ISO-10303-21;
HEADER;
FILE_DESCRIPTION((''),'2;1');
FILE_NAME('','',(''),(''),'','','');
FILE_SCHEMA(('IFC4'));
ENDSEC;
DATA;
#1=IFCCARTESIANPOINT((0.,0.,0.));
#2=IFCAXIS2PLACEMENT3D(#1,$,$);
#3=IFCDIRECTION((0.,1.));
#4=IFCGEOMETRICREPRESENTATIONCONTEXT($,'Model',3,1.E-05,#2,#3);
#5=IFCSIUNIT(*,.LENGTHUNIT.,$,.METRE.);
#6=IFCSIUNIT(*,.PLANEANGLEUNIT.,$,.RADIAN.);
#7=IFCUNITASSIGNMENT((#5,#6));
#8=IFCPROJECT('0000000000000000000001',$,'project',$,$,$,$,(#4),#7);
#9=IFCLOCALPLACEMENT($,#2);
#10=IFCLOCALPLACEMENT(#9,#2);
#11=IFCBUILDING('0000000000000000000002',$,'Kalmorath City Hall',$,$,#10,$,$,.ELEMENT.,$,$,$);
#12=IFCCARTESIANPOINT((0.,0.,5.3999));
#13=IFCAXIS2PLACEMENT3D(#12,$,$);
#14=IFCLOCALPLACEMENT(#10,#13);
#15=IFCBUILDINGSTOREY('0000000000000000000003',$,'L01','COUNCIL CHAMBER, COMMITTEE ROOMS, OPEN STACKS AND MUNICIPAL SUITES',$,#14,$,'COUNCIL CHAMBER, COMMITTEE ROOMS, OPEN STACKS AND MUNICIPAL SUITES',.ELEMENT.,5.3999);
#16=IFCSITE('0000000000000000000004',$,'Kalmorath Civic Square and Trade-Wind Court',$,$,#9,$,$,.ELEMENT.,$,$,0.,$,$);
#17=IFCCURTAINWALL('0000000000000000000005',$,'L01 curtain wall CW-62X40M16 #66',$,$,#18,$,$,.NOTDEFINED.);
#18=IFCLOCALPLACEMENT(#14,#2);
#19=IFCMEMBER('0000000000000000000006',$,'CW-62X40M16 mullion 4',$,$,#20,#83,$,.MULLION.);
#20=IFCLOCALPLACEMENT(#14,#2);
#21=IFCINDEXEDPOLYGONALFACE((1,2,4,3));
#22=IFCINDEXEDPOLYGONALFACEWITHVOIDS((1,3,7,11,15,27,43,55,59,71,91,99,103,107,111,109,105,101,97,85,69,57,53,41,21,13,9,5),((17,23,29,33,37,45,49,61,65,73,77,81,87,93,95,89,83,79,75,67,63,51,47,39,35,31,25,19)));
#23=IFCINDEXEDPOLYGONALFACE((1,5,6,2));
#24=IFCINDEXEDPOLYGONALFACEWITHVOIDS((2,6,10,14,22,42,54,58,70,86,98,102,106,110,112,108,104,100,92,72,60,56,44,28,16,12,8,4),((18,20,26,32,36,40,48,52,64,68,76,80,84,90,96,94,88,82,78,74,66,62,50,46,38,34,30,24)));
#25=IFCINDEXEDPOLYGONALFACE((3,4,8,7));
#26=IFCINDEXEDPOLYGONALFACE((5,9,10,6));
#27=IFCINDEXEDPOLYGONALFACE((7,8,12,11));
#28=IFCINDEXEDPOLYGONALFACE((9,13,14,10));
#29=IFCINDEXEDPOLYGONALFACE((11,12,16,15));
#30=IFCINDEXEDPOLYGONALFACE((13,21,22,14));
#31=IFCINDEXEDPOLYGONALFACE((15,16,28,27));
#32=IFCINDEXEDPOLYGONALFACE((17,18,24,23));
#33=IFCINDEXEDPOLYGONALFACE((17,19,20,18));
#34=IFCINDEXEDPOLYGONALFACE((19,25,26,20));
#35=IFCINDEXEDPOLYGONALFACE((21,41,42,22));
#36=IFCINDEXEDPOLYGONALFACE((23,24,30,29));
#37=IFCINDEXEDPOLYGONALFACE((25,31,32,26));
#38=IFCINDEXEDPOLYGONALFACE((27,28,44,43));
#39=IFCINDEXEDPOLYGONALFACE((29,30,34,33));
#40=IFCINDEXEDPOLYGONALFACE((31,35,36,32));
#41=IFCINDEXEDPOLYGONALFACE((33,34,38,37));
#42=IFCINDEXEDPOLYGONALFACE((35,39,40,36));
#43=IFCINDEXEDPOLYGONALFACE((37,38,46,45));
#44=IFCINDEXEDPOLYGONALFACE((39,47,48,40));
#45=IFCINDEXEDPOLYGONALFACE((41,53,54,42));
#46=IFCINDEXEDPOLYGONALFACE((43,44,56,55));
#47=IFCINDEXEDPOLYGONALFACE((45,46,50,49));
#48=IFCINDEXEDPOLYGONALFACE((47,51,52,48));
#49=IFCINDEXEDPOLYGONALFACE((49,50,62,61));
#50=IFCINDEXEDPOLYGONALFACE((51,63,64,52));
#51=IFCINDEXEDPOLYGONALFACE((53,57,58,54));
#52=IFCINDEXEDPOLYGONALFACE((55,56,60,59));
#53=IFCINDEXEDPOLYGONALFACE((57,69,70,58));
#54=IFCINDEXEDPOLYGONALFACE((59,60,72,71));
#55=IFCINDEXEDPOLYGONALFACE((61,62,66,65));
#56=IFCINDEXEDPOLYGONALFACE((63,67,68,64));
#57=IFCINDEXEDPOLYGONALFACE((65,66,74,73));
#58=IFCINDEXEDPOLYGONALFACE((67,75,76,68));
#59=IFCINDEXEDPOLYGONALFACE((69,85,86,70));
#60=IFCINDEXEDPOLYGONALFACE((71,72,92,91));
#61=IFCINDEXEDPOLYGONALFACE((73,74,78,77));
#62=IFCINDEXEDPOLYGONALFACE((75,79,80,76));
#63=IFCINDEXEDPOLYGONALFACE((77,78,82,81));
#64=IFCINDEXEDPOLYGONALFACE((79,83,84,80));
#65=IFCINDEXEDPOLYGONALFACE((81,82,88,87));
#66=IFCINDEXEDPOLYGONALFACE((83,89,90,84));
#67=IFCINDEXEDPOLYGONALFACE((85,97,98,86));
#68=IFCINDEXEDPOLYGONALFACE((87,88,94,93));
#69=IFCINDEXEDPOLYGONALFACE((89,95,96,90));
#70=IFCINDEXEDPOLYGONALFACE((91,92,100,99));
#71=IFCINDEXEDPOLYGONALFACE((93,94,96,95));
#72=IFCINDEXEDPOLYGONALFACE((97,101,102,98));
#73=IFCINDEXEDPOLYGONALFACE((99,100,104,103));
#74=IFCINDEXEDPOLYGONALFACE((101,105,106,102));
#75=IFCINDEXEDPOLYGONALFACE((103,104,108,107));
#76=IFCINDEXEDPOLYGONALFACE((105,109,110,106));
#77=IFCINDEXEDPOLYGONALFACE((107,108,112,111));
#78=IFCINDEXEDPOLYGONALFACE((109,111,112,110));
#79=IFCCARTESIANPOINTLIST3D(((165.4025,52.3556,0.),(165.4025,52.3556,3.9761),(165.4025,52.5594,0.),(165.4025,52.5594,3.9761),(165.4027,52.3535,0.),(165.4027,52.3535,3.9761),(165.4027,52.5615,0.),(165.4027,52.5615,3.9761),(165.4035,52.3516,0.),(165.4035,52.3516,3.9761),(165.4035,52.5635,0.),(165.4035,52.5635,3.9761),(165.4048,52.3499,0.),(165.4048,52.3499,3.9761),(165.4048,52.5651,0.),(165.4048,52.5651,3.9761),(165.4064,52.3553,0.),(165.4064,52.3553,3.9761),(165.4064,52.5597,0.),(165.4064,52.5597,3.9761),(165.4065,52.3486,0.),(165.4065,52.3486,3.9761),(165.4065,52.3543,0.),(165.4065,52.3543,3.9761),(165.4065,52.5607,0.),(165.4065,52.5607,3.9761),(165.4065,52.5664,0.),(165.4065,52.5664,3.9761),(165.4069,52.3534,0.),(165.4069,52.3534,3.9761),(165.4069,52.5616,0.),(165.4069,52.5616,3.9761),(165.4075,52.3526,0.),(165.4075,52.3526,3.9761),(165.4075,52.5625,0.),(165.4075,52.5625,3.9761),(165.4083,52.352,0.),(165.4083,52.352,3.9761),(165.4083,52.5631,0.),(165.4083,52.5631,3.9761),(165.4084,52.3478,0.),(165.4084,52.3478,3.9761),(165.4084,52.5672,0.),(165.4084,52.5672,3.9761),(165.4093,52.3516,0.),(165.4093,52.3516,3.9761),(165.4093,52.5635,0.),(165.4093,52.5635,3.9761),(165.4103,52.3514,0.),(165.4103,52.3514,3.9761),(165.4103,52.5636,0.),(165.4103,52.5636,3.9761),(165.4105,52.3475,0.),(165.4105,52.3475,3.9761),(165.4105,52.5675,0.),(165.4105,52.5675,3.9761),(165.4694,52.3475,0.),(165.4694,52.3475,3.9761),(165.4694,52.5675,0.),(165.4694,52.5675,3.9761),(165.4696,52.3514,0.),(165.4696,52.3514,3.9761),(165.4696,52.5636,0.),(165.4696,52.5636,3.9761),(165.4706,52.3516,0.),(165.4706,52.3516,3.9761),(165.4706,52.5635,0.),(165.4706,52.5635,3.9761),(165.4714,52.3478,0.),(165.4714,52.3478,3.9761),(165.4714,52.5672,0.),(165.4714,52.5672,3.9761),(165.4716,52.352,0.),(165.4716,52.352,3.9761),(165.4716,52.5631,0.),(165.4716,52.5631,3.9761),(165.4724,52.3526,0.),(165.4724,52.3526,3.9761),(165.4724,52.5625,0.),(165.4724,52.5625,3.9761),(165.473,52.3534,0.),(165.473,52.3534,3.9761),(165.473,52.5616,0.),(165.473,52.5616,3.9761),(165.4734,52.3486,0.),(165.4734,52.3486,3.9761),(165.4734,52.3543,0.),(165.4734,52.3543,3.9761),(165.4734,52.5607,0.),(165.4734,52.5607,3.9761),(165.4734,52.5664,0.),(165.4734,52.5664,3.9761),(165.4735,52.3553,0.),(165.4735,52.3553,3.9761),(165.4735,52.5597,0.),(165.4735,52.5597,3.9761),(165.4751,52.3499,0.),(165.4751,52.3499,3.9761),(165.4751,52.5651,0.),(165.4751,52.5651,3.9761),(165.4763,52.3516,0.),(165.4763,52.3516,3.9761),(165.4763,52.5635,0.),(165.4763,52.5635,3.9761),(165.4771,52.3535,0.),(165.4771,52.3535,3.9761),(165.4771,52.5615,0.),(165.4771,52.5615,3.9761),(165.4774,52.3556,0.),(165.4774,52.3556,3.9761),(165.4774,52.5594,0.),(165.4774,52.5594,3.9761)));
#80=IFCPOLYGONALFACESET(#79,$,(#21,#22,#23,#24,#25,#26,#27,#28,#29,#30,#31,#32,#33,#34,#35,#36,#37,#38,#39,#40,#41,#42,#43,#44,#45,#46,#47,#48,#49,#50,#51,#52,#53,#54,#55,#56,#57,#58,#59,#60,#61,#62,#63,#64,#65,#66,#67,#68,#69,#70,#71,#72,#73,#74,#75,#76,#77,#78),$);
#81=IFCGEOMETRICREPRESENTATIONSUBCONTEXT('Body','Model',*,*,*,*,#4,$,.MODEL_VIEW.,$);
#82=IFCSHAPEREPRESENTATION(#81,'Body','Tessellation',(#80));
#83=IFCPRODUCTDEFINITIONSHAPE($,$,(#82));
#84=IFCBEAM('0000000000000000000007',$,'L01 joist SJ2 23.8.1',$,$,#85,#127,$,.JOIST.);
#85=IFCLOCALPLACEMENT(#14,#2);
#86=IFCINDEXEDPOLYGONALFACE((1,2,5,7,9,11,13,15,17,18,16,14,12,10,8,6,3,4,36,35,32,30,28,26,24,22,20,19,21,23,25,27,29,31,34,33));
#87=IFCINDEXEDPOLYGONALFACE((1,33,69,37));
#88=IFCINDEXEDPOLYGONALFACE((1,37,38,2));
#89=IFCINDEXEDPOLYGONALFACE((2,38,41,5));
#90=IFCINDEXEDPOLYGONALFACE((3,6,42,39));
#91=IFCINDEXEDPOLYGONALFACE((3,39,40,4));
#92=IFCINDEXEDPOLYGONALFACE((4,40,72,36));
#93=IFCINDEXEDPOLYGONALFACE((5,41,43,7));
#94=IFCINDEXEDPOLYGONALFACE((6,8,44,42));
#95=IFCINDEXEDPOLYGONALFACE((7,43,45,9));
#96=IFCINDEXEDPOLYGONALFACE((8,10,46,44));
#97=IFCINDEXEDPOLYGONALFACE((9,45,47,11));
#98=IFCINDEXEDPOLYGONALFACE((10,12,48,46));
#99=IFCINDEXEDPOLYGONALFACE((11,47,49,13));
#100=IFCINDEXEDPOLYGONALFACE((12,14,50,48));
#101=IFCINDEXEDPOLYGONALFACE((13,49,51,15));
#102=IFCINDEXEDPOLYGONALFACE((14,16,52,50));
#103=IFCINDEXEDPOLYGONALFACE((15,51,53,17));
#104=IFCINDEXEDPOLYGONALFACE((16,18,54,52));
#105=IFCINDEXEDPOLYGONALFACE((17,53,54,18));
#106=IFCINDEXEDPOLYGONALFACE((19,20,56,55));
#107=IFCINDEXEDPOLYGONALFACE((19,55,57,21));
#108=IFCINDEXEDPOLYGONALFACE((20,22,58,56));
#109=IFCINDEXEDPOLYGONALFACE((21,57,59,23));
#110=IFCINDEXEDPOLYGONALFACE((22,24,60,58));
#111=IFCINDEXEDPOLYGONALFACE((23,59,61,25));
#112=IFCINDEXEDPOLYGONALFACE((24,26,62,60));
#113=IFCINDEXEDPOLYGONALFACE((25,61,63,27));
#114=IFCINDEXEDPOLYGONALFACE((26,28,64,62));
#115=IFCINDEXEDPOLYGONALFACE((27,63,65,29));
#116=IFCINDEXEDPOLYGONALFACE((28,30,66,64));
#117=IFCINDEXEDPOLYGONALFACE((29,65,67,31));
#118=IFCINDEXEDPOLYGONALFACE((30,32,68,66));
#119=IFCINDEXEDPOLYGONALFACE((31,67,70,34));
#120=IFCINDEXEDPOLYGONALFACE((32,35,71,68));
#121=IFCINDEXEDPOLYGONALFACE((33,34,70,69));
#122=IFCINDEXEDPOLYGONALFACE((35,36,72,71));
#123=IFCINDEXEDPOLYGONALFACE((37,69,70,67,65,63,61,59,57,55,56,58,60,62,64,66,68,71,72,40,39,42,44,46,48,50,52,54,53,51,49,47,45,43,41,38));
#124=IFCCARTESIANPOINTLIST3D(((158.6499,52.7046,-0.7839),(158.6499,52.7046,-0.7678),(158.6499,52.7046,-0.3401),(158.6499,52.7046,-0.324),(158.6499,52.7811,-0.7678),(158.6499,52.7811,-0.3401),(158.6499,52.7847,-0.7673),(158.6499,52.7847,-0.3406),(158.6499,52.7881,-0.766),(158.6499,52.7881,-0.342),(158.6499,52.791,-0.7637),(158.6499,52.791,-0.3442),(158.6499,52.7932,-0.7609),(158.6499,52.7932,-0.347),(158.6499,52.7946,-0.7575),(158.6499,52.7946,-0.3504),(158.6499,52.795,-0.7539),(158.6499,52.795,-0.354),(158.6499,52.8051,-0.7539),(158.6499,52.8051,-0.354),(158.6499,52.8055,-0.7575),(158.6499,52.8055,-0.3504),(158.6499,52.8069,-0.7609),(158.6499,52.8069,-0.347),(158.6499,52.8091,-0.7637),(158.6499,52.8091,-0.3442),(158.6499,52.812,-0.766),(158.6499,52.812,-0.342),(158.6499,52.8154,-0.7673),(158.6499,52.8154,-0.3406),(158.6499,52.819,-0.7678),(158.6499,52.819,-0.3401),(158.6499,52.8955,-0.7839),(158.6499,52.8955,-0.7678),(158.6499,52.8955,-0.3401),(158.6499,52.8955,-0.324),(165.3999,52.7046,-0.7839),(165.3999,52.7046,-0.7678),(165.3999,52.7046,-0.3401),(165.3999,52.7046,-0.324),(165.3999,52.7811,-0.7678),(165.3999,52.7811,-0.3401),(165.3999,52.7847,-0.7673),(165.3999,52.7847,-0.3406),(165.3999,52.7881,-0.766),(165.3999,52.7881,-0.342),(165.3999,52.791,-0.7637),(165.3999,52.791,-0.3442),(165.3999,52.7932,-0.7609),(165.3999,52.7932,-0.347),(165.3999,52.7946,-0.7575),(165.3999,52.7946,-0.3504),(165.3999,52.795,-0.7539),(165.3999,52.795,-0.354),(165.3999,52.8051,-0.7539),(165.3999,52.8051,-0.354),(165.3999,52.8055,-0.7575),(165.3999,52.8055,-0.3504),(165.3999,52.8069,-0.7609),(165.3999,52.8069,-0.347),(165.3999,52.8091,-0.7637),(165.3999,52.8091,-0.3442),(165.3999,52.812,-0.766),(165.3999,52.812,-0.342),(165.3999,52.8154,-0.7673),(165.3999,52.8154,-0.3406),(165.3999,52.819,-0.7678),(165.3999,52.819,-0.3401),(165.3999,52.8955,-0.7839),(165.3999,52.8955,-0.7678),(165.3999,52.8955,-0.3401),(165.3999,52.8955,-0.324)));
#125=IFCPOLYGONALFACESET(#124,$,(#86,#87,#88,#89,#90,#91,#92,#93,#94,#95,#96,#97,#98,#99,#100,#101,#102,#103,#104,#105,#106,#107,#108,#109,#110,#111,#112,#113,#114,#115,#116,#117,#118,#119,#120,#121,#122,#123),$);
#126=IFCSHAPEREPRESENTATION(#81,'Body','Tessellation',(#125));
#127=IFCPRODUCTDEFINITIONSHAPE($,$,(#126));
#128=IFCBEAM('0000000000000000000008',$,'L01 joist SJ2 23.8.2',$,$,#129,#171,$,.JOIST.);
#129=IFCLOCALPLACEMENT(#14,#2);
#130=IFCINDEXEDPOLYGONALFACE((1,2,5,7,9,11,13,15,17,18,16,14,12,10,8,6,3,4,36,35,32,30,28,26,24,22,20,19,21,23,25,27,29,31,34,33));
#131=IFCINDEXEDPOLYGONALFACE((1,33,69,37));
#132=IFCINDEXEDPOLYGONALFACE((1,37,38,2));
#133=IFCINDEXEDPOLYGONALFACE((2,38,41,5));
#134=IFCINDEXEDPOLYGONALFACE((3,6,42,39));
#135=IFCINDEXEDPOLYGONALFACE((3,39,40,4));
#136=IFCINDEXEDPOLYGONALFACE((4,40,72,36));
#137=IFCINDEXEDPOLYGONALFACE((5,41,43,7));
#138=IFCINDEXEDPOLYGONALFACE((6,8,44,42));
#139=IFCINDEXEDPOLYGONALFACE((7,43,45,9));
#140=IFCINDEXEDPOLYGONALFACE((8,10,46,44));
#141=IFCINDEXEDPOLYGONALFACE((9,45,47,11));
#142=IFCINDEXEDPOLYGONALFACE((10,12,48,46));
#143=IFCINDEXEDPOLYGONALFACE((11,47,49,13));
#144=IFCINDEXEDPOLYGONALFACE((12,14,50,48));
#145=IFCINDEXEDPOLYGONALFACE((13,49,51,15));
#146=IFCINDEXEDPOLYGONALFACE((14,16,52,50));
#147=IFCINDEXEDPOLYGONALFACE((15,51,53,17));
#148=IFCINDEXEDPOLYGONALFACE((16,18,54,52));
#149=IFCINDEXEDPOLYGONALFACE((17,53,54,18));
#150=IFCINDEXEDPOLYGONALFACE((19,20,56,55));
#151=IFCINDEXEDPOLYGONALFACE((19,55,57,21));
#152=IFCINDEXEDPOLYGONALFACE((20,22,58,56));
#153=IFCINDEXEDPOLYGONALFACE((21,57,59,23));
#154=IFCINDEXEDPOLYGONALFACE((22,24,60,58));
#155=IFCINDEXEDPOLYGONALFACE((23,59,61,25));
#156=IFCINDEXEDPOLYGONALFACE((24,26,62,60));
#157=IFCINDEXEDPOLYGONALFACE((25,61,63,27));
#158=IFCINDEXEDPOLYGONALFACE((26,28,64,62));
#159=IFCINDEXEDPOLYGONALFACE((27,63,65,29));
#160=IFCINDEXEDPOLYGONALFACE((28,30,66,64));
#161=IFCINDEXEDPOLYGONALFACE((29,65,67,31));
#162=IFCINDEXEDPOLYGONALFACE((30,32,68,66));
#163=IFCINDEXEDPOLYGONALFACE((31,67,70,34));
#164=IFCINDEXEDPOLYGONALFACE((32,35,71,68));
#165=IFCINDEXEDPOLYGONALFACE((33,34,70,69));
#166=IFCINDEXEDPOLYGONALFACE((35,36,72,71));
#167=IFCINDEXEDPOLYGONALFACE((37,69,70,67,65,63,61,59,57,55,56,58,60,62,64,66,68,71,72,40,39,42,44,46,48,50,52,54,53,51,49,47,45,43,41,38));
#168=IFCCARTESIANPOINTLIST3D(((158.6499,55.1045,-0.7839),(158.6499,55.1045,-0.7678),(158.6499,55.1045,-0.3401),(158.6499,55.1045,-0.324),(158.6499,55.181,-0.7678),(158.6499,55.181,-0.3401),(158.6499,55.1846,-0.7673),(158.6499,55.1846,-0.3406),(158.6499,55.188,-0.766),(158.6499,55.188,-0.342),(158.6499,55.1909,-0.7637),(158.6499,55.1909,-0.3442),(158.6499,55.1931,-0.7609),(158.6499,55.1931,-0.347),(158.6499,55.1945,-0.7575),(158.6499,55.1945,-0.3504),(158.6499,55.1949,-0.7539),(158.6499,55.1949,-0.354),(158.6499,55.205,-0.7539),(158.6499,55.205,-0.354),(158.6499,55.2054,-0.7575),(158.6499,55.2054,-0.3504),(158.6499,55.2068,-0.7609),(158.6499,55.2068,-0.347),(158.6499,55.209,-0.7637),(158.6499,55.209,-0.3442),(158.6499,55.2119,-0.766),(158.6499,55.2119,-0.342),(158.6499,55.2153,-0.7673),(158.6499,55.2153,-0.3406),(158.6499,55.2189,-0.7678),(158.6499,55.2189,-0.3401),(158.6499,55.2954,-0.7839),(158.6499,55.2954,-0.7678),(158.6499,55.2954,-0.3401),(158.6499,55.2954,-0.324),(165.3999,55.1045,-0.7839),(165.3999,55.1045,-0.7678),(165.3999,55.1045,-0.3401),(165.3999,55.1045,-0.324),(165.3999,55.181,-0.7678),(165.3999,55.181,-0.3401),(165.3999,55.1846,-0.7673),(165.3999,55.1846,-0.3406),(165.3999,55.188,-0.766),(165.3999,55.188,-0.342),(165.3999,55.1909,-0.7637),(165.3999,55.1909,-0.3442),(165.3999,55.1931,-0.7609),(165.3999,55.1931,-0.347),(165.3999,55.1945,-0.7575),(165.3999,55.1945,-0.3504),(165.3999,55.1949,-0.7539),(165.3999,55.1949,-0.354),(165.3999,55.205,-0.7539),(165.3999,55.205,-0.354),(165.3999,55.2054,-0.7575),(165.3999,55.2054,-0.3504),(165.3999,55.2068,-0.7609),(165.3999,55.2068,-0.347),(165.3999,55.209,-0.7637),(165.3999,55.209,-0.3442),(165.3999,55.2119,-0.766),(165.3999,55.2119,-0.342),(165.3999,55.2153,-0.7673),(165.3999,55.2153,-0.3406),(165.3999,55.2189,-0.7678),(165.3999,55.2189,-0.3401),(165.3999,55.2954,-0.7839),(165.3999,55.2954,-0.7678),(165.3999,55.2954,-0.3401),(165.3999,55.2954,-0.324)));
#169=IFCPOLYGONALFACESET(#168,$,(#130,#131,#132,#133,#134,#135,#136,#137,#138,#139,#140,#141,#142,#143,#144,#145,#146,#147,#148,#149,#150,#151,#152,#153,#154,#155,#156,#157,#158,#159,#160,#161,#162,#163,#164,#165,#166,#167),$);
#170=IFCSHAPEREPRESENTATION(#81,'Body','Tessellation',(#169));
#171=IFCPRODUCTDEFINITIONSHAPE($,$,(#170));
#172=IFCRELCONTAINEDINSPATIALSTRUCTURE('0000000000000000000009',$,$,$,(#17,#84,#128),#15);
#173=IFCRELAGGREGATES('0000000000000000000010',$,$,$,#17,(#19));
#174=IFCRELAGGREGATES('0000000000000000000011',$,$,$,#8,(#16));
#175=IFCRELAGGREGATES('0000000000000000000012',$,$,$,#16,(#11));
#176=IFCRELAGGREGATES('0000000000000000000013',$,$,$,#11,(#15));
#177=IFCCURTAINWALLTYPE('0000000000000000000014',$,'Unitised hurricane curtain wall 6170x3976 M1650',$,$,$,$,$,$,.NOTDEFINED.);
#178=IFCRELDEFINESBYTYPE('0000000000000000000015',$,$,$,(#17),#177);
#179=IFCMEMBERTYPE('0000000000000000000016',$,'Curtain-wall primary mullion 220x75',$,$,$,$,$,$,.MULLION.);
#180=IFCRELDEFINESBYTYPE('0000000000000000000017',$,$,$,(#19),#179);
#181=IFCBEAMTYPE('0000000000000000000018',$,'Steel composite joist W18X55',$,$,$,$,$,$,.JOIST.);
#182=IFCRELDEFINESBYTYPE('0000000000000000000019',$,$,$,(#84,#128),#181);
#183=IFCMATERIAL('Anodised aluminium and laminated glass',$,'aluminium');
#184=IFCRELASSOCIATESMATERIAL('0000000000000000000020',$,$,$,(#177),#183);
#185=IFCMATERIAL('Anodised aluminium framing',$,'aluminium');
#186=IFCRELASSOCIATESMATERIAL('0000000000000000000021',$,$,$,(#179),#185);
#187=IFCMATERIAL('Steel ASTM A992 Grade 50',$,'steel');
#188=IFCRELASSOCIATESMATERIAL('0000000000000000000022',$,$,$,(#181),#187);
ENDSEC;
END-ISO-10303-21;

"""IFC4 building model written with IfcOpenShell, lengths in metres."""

from ifc_helpers import new_model, si_unit, direction, frame, origin, origin_2d, place, context, subcontext, project, spatial, hollow_rectangle, i_section, extrude, material, material_profile, profile_set, type_object, element, aggregate, save


model = new_model("IFC4")

# Units and contexts
model_context = context("Model", 3, precision=1e-05, world=origin(), true_north=direction((0.0, 1.0)))
body_context = subcontext(model_context, "Body", "Model", "MODEL_VIEW")
ifc_project = project(units=[si_unit("LENGTHUNIT", "METRE"), si_unit("PLANEANGLEUNIT", "RADIAN")], contexts=[model_context])

# Site, building, storey
site_placement = place(None, origin())
site = spatial("IfcSite", under=ifc_project, at=site_placement, Name="Kalmorath Civic Square and Trade-Wind Court", CompositionType="ELEMENT", RefElevation=0.0)
building_placement = place(site_placement, origin())
building = spatial("IfcBuilding", under=site, at=building_placement, Name="Kalmorath City Hall", CompositionType="ELEMENT")
storey_placement = place(building_placement, frame((0.0, 0.0, 5.3999)))
storey = spatial("IfcBuildingStorey", under=building, at=storey_placement, Name="L01", Description="COUNCIL CHAMBER, COMMITTEE ROOMS, OPEN STACKS AND MUNICIPAL SUITES", LongName="COUNCIL CHAMBER, COMMITTEE ROOMS, OPEN STACKS AND MUNICIPAL SUITES", CompositionType="ELEMENT", Elevation=5.3999)

# Curtain wall, member
ifc_material_1 = material(Name="Anodised aluminium and laminated glass", Category="aluminium")
curtain_wall_type = type_object("IfcCurtainWallType", Name="Unitised hurricane curtain wall 6170x3976 M1650", PredefinedType="NOTDEFINED", material=ifc_material_1)
curtain_wall_placement = place(storey_placement, origin())
curtain_wall = element("IfcCurtainWall", 1, at=curtain_wall_placement, inside=storey, type_object=curtain_wall_type, Name="L01 curtain wall CW-62X40M16 #66", PredefinedType="NOTDEFINED")
ifc_material_2 = material(Name="Anodised aluminium framing", Category="aluminium")
ifc_material_profile_1 = material_profile(ifc_material_2, hollow_rectangle(XDim=0.075, YDim=0.22, WallThickness=0.0039, InnerFilletRadius=0.0039, OuterFilletRadius=0.0081, at=origin_2d()), Name="ALU-MUL-220X75X4")
ifc_profile_set_1 = profile_set([ifc_material_profile_1], Name="Anodised aluminium framing")
member_type_1 = type_object("IfcMemberType", Name="Curtain-wall primary mullion 220x75", PredefinedType="MULLION", material=ifc_profile_set_1)
member_1_placement = place(storey_placement, frame((165.4399, 52.4575, 0.0), z_axis=(0.0, 0.0, 1.0), x_axis=(1.0, 0.0, 0.0)))
member_1 = element("IfcMember", 2, at=member_1_placement, type_object=member_type_1, Name="CW-62X40M16 mullion 4", PredefinedType="MULLION", context=body_context, shape_type="SweptSolid", body=[
    extrude(hollow_rectangle(XDim=0.075, YDim=0.22, WallThickness=0.0039, InnerFilletRadius=0.0039, OuterFilletRadius=0.0081, at=origin_2d()), origin(), (0.0, 0.0, 1.0), 3.9761),
])

# Beams
ifc_material_3 = material(Name="Steel ASTM A992 Grade 50", Category="steel")
ifc_material_profile_2 = material_profile(ifc_material_3, i_section(OverallWidth=0.1909, OverallDepth=0.46, WebThickness=0.01, FlangeThickness=0.0161, FilletRadius=0.0139, at=origin_2d()), Name="W18X55")
ifc_profile_set_2 = profile_set([ifc_material_profile_2], Name="Steel ASTM A992 Grade 50")
beam_type_1 = type_object("IfcBeamType", Name="Steel composite joist W18X55", PredefinedType="JOIST", material=ifc_profile_set_2)
for number, where, z_axis, x_axis, name in (
    (3, (158.6499, 52.8, -0.554), (1.0, 0.0, 0.0), (0.0, 1.0, 0.0), "L01 joist SJ2 23.8.1"),
    (4, (158.6499, 55.2, -0.554), (1.0, 0.0, 0.0), (0.0, 1.0, 0.0), "L01 joist SJ2 23.8.2"),
):
    element("IfcBeam", number, at=place(storey_placement, frame(where, z_axis=z_axis, x_axis=x_axis)), inside=storey, type_object=beam_type_1, Name=name, PredefinedType="JOIST", context=body_context, shape_type="SweptSolid", body=[
        extrude(i_section(OverallWidth=0.1909, OverallDepth=0.46, WebThickness=0.01, FlangeThickness=0.0161, FilletRadius=0.0139, at=origin_2d()), origin(), (0.0, 0.0, 1.0), 6.75),
    ])

aggregate(curtain_wall, [member_1])

save(model, "model.ifc")
